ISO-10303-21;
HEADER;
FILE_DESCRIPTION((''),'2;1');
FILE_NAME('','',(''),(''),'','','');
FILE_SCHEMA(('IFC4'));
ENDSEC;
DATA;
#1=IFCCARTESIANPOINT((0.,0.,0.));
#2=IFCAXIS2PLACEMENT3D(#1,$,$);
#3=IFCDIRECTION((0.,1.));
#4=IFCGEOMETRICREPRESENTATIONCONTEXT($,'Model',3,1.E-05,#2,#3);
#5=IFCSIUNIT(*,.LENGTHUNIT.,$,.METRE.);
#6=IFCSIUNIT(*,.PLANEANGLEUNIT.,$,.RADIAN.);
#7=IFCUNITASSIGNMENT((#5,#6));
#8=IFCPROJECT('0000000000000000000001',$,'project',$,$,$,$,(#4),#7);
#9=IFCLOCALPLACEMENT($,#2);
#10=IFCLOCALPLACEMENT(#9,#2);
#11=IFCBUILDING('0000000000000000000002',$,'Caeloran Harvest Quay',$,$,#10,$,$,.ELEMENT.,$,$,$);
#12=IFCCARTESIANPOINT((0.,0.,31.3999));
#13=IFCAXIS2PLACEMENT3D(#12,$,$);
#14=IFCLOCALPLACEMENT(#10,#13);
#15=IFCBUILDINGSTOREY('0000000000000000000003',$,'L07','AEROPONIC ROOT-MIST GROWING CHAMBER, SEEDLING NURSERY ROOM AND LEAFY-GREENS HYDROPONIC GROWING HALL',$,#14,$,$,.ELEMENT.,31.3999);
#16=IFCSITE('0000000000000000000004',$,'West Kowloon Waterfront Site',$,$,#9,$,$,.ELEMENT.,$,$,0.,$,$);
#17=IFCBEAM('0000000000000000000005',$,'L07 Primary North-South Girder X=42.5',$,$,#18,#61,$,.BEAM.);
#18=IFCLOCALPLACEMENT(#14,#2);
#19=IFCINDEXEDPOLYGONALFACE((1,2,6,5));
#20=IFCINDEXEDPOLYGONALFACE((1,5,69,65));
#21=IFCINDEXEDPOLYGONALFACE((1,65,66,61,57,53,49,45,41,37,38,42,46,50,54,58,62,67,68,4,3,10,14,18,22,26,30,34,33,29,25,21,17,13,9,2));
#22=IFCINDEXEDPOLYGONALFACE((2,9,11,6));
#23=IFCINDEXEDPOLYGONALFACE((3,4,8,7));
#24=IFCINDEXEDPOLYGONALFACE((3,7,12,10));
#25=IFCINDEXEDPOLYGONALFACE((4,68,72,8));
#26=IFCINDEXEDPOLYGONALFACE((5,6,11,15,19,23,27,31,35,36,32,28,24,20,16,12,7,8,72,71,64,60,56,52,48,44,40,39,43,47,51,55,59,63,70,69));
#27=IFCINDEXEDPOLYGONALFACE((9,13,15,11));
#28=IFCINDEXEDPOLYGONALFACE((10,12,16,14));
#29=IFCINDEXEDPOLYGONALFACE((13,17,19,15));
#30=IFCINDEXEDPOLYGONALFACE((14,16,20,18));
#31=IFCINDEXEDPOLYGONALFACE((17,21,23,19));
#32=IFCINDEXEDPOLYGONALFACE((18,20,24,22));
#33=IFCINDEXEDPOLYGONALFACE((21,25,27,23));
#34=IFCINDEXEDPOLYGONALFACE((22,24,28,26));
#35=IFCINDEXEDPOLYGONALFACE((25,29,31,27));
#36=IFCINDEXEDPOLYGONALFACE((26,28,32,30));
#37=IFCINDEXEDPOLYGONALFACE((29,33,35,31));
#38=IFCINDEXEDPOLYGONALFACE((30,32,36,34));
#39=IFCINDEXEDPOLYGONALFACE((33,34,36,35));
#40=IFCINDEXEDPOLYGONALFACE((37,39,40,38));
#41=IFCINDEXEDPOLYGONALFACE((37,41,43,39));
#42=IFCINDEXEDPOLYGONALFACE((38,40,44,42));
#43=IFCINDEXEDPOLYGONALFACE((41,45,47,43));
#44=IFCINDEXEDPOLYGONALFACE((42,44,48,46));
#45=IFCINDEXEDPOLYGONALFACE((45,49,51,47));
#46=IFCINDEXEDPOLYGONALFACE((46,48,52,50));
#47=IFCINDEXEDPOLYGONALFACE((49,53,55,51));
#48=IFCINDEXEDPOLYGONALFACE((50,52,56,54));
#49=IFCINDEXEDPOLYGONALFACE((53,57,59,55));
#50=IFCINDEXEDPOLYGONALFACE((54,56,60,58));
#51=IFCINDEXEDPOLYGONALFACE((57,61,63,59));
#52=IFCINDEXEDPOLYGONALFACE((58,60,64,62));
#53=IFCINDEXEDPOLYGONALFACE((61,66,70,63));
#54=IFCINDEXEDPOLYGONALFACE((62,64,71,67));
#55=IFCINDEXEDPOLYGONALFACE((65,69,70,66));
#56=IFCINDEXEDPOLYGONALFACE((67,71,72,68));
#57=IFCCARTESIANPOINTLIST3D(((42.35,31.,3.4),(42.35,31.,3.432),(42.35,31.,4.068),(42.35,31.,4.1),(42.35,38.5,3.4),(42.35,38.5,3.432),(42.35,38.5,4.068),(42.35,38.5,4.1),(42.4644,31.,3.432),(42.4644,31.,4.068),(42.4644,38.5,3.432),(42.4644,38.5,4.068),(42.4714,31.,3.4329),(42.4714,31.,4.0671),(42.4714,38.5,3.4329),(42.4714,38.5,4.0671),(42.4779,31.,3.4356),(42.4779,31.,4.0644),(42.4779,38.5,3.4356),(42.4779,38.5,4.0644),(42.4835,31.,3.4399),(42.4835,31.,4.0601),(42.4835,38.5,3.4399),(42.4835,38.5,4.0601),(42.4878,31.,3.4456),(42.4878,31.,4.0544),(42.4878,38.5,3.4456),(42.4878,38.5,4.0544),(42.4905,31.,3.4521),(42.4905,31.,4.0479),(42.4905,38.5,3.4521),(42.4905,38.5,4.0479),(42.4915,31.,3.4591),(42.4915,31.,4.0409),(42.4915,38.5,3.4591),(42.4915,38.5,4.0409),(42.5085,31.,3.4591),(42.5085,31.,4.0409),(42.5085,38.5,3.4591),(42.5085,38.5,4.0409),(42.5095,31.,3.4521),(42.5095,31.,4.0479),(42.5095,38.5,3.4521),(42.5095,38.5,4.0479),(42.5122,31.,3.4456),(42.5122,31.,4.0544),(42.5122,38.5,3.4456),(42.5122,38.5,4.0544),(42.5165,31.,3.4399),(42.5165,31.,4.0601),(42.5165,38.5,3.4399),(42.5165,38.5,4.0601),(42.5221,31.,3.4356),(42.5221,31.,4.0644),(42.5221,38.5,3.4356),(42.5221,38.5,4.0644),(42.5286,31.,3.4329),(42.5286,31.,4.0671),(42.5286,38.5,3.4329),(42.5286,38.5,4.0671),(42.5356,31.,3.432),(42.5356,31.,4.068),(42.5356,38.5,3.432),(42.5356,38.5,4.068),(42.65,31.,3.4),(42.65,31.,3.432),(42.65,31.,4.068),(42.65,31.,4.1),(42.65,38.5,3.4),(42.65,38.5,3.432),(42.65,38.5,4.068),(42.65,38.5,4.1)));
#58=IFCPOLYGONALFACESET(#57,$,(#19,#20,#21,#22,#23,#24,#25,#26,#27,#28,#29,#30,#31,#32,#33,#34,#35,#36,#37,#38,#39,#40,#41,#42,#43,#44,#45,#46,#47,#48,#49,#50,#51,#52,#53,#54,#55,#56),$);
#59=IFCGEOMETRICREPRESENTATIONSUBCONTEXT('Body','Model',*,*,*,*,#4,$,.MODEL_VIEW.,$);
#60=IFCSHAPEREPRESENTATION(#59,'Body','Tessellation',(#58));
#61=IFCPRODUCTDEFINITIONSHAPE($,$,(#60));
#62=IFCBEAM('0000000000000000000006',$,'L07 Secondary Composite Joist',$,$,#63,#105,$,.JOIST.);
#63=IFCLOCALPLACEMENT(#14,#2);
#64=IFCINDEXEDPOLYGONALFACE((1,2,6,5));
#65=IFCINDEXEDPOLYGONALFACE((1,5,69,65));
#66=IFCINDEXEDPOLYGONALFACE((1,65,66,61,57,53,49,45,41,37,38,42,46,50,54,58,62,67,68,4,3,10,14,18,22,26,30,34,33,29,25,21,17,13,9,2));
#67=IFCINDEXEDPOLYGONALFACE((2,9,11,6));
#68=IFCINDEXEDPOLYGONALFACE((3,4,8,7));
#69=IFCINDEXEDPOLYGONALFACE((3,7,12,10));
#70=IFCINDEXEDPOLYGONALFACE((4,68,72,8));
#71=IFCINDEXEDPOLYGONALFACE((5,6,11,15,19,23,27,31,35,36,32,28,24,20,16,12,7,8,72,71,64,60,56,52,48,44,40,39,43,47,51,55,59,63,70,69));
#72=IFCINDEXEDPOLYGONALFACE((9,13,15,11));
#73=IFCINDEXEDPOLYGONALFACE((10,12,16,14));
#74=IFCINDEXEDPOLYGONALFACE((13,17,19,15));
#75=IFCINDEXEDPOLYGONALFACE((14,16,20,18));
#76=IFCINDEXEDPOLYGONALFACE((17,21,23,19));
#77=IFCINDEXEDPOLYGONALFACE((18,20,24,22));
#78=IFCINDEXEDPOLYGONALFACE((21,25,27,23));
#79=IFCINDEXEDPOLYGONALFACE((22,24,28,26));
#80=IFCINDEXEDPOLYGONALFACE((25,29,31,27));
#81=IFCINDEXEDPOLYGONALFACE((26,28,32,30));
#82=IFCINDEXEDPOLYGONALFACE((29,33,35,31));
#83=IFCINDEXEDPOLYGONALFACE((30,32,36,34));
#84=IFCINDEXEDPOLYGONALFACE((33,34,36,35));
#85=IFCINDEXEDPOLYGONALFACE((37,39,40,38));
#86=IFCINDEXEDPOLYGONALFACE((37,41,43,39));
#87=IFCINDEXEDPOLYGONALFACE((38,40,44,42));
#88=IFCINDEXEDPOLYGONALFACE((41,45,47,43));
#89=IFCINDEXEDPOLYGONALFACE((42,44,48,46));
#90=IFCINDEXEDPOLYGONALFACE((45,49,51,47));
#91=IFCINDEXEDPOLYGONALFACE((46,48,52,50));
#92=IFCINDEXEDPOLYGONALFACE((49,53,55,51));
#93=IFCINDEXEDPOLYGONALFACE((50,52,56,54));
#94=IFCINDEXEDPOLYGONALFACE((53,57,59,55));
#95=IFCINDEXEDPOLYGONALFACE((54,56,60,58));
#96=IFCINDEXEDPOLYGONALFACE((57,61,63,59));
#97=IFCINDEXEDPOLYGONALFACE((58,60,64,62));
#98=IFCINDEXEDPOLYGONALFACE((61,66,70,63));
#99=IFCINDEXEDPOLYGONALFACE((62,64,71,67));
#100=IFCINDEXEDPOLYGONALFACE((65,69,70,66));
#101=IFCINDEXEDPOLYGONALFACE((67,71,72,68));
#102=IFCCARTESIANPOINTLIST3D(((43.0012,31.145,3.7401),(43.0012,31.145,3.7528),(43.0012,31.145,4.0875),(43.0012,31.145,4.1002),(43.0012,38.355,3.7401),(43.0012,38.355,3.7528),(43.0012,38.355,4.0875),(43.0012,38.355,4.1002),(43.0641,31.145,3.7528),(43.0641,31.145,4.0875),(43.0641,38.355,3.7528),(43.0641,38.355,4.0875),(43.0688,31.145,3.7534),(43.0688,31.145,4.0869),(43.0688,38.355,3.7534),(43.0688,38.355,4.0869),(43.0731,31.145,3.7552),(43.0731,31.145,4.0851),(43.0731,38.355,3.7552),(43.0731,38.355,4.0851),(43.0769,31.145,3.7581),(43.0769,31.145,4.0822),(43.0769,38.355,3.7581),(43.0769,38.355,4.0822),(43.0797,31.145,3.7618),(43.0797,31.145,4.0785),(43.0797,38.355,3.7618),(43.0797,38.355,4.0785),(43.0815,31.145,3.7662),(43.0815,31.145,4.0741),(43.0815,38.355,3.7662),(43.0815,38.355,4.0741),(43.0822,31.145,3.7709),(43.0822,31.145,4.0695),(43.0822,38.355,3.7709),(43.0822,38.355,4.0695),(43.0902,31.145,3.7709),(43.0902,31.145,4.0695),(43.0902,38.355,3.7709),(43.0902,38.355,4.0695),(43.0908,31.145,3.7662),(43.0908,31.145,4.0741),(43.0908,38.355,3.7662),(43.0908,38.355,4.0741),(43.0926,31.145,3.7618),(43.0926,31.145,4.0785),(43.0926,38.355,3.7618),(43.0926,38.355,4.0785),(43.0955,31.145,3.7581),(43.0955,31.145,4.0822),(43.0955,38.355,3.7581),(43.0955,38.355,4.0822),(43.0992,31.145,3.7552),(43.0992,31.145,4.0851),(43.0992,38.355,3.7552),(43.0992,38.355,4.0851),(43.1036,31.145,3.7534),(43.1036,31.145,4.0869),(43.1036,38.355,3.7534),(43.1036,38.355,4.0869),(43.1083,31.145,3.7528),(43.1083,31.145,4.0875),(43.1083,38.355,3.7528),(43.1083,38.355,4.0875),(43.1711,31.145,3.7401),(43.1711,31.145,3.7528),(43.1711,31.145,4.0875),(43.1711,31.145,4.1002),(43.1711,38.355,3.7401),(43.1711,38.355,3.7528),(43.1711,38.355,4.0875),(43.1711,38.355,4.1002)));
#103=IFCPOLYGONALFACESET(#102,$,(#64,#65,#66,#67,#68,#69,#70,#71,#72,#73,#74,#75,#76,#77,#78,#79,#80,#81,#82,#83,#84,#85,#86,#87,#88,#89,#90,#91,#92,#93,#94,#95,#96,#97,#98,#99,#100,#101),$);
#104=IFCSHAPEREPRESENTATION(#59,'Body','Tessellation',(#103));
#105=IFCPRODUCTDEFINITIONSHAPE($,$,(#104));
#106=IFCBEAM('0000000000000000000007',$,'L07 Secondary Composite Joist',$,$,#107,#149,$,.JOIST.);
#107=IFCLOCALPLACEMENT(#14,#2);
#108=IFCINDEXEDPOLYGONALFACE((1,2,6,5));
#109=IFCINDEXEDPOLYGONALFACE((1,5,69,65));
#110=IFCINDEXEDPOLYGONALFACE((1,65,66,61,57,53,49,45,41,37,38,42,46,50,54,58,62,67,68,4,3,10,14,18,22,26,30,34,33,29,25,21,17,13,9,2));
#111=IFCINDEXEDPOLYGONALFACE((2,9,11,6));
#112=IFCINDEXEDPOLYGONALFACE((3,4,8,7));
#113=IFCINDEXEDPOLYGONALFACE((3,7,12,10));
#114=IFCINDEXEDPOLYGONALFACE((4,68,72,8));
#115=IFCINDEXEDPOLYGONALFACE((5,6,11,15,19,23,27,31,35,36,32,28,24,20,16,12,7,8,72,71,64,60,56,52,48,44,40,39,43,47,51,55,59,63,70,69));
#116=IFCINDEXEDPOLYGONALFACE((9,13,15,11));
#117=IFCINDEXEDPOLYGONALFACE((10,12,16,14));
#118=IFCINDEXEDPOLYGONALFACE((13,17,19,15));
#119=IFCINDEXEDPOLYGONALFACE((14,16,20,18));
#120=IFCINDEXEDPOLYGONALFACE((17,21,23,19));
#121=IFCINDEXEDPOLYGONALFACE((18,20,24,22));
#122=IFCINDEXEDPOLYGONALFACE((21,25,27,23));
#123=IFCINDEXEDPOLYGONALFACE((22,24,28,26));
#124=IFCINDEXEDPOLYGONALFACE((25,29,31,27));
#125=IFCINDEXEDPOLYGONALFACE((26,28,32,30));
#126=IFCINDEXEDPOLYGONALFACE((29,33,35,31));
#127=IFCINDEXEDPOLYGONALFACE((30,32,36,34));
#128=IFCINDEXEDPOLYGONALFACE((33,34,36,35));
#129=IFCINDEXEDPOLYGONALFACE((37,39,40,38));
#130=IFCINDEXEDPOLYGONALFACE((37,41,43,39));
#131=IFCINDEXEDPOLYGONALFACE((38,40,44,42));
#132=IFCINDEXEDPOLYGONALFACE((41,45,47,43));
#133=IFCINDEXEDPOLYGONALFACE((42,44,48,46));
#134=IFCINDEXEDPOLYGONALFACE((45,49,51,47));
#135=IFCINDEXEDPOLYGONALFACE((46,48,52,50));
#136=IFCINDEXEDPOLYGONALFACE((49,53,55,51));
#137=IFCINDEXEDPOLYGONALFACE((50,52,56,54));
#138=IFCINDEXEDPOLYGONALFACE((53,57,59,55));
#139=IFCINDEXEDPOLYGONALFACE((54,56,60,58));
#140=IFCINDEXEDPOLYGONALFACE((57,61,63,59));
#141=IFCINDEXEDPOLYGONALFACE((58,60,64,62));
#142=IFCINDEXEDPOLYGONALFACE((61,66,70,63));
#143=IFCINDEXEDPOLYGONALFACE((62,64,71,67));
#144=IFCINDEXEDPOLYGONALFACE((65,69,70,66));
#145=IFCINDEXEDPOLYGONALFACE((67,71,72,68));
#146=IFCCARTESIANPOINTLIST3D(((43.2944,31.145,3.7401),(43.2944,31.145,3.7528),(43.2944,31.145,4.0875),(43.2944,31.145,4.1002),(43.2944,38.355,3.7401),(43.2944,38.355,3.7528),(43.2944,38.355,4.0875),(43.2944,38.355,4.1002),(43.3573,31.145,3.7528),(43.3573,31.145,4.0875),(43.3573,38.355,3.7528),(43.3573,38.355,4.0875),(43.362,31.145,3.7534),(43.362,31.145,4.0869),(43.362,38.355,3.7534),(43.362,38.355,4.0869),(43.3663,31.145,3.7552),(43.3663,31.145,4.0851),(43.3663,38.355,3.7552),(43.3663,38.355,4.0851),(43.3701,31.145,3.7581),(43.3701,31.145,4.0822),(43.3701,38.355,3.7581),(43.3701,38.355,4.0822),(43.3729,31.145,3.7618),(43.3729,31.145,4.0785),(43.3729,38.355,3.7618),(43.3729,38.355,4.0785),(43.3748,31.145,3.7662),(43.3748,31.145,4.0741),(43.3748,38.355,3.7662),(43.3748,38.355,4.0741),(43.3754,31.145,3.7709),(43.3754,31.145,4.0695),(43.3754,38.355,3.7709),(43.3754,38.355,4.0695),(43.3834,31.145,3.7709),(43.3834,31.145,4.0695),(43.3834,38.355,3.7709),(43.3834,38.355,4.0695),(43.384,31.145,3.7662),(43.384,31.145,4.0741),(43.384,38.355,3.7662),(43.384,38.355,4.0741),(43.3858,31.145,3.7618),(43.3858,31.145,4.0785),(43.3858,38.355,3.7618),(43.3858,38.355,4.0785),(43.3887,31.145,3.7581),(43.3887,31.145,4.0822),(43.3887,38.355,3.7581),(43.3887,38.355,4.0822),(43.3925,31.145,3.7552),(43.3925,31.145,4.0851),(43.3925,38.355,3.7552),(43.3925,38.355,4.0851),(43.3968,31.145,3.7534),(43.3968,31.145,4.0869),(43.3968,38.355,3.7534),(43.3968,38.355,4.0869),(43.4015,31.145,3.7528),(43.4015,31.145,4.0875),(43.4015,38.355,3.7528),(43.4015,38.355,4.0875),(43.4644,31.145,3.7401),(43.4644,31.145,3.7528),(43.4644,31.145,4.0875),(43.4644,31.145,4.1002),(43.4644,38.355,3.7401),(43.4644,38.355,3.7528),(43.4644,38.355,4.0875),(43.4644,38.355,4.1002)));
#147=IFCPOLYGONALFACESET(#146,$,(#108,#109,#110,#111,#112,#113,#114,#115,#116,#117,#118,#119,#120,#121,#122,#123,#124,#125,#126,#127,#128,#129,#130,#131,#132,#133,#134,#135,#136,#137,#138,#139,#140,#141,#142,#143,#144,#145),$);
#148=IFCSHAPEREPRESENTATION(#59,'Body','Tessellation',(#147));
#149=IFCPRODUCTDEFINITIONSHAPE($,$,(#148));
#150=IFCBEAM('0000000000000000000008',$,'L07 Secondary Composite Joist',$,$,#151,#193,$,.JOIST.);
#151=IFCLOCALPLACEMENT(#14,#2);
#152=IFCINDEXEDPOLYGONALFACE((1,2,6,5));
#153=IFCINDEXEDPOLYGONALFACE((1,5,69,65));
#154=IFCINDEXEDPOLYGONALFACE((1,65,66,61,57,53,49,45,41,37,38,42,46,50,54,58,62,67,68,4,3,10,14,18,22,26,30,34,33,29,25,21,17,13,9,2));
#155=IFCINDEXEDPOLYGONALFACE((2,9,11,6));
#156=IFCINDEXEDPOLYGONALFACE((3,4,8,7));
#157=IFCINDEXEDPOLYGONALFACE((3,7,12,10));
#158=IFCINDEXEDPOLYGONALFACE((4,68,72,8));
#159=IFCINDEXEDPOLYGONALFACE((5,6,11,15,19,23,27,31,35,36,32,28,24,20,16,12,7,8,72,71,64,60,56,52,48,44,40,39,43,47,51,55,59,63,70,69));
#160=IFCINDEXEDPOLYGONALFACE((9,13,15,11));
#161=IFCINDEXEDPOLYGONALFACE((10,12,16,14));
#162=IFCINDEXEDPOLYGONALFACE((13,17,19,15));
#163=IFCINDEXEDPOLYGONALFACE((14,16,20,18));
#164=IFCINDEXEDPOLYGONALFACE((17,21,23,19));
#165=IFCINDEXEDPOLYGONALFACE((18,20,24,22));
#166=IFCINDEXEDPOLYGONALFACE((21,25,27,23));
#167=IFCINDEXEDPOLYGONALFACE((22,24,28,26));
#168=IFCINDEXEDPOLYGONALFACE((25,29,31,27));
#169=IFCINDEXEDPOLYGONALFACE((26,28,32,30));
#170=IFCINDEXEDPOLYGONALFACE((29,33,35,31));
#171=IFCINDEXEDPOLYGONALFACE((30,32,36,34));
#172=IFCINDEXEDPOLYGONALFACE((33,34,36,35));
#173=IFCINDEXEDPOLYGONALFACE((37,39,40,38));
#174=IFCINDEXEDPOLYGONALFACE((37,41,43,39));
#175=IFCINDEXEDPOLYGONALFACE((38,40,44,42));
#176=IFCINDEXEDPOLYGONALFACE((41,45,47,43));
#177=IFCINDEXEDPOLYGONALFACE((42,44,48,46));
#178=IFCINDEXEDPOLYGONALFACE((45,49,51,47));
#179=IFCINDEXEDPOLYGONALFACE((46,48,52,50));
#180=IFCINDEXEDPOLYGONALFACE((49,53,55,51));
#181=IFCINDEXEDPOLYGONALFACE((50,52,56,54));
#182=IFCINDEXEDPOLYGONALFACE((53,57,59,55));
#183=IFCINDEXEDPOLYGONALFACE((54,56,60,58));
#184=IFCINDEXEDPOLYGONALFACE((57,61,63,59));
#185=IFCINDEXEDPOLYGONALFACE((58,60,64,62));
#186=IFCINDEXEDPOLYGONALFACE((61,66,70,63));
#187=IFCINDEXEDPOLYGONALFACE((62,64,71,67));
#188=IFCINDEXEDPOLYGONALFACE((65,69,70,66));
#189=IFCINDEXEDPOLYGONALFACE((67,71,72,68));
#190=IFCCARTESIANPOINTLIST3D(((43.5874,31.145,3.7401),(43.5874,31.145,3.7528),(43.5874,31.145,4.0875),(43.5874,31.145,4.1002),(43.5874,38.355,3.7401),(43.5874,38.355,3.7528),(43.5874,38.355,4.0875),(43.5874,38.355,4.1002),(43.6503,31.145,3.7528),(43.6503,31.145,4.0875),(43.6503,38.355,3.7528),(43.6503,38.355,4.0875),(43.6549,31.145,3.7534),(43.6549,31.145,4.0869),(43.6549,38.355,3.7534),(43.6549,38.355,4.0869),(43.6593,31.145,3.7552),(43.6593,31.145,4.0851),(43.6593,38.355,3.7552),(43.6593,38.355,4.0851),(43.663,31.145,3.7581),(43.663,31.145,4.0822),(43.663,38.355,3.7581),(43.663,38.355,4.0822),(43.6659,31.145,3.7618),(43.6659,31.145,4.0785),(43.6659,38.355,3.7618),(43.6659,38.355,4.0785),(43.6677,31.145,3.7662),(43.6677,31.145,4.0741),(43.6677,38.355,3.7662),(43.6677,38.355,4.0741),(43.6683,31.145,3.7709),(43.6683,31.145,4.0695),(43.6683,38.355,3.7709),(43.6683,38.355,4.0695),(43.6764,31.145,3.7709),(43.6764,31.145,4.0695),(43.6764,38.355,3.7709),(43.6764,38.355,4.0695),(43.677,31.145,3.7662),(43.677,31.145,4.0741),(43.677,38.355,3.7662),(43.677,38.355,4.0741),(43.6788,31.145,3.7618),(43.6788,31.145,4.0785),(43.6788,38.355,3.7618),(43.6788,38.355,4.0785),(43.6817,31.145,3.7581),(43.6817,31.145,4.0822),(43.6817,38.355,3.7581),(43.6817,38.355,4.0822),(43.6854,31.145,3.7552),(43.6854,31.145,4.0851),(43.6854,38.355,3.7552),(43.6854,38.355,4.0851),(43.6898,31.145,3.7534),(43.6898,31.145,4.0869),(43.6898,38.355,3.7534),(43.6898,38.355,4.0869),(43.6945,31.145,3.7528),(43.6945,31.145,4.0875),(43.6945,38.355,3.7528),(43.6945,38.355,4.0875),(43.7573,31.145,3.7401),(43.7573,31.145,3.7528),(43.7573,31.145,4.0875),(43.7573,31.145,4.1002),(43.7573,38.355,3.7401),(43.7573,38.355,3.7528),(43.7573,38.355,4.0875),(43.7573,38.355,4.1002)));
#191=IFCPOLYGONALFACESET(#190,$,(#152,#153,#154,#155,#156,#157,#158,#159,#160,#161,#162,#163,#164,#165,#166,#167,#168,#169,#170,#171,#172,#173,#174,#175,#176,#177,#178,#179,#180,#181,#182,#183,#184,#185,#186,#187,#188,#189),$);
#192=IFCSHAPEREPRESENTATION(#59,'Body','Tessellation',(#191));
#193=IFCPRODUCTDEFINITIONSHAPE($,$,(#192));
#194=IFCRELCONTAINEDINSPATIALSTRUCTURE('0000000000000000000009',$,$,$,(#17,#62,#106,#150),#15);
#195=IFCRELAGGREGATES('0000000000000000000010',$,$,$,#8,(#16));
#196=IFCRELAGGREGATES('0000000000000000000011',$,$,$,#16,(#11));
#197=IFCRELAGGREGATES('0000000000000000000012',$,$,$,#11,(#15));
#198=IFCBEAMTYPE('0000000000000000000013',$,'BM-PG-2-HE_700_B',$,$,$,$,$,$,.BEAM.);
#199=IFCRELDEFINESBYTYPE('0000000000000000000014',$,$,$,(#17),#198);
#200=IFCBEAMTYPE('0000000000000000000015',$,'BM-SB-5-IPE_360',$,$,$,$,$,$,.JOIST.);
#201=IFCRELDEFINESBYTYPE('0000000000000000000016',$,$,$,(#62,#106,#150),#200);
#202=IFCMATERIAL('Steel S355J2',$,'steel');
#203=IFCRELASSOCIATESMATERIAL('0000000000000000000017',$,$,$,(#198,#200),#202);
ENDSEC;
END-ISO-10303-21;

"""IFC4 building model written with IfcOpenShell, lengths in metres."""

from ifc_helpers import new_model, si_unit, direction, frame, origin, origin_2d, place, context, subcontext, project, spatial, i_section, extrude, material, material_profile, profile_set, type_object, element, save


model = new_model("IFC4")

# Units and contexts
model_context = context("Model", 3, precision=1e-05, world=origin(), true_north=direction((0.0, 1.0)))
body_context = subcontext(model_context, "Body", "Model", "MODEL_VIEW")
ifc_project = project(units=[si_unit("LENGTHUNIT", "METRE"), si_unit("PLANEANGLEUNIT", "RADIAN")], contexts=[model_context])

# Site, building, storey
site_placement = place(None, origin())
site = spatial("IfcSite", under=ifc_project, at=site_placement, Name="West Kowloon Waterfront Site", CompositionType="ELEMENT", RefElevation=0.0)
building_placement = place(site_placement, origin())
building = spatial("IfcBuilding", under=site, at=building_placement, Name="Caeloran Harvest Quay", CompositionType="ELEMENT")
storey_placement = place(building_placement, frame((0.0, 0.0, 31.3999)))
storey = spatial("IfcBuildingStorey", under=building, at=storey_placement, Name="L07", Description="AEROPONIC ROOT-MIST GROWING CHAMBER, SEEDLING NURSERY ROOM AND LEAFY-GREENS HYDROPONIC GROWING HALL", CompositionType="ELEMENT", Elevation=31.3999)

# Beams
ifc_material_1 = material(Name="Steel S355J2", Category="steel")
ifc_material_profile_1 = material_profile(ifc_material_1, i_section(OverallWidth=0.3, OverallDepth=0.7, WebThickness=0.0171, FlangeThickness=0.032, FilletRadius=0.0271, at=origin_2d()), Name="HE 700 B")
ifc_profile_set_1 = profile_set([ifc_material_profile_1], Name="Steel S355J2")
beam_type_1 = type_object("IfcBeamType", Name="BM-PG-2-HE_700_B", PredefinedType="BEAM", material=ifc_profile_set_1)
beam_placement = place(storey_placement, frame((42.5, 31.0, 3.75), z_axis=(0.0, 1.0, 0.0), x_axis=(-1.0, 0.0, 0.0)))
element("IfcBeam", 1, at=beam_placement, inside=storey, type_object=beam_type_1, Name="L07 Primary North-South Girder X=42.5", PredefinedType="BEAM", context=body_context, shape_type="SweptSolid", body=[
    extrude(i_section(OverallWidth=0.3, OverallDepth=0.7, WebThickness=0.0171, FlangeThickness=0.032, FilletRadius=0.0271, at=origin_2d()), origin(), (0.0, 0.0, 1.0), 7.5),
])
ifc_material_profile_2 = material_profile(ifc_material_1, i_section(OverallWidth=0.1699, OverallDepth=0.3601, WebThickness=0.0081, FlangeThickness=0.0127, FilletRadius=0.0181, at=origin_2d()), Name="IPE 360")
ifc_profile_set_2 = profile_set([ifc_material_profile_2], Name="Steel S355J2")
beam_type_2 = type_object("IfcBeamType", Name="BM-SB-5-IPE_360", PredefinedType="JOIST", material=ifc_profile_set_2)
for number, where, z_axis, x_axis, name in (
    (2, (43.0862, 31.145, 3.9202), (0.0, 1.0, 0.0), (-1.0, 0.0, 0.0), "L07 Secondary Composite Joist"),
    (3, (43.3794, 31.145, 3.9202), (0.0, 1.0, 0.0), (-1.0, 0.0, 0.0), "L07 Secondary Composite Joist"),
    (4, (43.6724, 31.145, 3.9202), (0.0, 1.0, 0.0), (-1.0, 0.0, 0.0), "L07 Secondary Composite Joist"),
):
    element("IfcBeam", number, at=place(storey_placement, frame(where, z_axis=z_axis, x_axis=x_axis)), inside=storey, type_object=beam_type_2, Name=name, PredefinedType="JOIST", context=body_context, shape_type="SweptSolid", body=[
        extrude(i_section(OverallWidth=0.1699, OverallDepth=0.3601, WebThickness=0.0081, FlangeThickness=0.0127, FilletRadius=0.0181, at=origin_2d()), origin(), (0.0, 0.0, 1.0), 7.21),
    ])

save(model, "model.ifc")
